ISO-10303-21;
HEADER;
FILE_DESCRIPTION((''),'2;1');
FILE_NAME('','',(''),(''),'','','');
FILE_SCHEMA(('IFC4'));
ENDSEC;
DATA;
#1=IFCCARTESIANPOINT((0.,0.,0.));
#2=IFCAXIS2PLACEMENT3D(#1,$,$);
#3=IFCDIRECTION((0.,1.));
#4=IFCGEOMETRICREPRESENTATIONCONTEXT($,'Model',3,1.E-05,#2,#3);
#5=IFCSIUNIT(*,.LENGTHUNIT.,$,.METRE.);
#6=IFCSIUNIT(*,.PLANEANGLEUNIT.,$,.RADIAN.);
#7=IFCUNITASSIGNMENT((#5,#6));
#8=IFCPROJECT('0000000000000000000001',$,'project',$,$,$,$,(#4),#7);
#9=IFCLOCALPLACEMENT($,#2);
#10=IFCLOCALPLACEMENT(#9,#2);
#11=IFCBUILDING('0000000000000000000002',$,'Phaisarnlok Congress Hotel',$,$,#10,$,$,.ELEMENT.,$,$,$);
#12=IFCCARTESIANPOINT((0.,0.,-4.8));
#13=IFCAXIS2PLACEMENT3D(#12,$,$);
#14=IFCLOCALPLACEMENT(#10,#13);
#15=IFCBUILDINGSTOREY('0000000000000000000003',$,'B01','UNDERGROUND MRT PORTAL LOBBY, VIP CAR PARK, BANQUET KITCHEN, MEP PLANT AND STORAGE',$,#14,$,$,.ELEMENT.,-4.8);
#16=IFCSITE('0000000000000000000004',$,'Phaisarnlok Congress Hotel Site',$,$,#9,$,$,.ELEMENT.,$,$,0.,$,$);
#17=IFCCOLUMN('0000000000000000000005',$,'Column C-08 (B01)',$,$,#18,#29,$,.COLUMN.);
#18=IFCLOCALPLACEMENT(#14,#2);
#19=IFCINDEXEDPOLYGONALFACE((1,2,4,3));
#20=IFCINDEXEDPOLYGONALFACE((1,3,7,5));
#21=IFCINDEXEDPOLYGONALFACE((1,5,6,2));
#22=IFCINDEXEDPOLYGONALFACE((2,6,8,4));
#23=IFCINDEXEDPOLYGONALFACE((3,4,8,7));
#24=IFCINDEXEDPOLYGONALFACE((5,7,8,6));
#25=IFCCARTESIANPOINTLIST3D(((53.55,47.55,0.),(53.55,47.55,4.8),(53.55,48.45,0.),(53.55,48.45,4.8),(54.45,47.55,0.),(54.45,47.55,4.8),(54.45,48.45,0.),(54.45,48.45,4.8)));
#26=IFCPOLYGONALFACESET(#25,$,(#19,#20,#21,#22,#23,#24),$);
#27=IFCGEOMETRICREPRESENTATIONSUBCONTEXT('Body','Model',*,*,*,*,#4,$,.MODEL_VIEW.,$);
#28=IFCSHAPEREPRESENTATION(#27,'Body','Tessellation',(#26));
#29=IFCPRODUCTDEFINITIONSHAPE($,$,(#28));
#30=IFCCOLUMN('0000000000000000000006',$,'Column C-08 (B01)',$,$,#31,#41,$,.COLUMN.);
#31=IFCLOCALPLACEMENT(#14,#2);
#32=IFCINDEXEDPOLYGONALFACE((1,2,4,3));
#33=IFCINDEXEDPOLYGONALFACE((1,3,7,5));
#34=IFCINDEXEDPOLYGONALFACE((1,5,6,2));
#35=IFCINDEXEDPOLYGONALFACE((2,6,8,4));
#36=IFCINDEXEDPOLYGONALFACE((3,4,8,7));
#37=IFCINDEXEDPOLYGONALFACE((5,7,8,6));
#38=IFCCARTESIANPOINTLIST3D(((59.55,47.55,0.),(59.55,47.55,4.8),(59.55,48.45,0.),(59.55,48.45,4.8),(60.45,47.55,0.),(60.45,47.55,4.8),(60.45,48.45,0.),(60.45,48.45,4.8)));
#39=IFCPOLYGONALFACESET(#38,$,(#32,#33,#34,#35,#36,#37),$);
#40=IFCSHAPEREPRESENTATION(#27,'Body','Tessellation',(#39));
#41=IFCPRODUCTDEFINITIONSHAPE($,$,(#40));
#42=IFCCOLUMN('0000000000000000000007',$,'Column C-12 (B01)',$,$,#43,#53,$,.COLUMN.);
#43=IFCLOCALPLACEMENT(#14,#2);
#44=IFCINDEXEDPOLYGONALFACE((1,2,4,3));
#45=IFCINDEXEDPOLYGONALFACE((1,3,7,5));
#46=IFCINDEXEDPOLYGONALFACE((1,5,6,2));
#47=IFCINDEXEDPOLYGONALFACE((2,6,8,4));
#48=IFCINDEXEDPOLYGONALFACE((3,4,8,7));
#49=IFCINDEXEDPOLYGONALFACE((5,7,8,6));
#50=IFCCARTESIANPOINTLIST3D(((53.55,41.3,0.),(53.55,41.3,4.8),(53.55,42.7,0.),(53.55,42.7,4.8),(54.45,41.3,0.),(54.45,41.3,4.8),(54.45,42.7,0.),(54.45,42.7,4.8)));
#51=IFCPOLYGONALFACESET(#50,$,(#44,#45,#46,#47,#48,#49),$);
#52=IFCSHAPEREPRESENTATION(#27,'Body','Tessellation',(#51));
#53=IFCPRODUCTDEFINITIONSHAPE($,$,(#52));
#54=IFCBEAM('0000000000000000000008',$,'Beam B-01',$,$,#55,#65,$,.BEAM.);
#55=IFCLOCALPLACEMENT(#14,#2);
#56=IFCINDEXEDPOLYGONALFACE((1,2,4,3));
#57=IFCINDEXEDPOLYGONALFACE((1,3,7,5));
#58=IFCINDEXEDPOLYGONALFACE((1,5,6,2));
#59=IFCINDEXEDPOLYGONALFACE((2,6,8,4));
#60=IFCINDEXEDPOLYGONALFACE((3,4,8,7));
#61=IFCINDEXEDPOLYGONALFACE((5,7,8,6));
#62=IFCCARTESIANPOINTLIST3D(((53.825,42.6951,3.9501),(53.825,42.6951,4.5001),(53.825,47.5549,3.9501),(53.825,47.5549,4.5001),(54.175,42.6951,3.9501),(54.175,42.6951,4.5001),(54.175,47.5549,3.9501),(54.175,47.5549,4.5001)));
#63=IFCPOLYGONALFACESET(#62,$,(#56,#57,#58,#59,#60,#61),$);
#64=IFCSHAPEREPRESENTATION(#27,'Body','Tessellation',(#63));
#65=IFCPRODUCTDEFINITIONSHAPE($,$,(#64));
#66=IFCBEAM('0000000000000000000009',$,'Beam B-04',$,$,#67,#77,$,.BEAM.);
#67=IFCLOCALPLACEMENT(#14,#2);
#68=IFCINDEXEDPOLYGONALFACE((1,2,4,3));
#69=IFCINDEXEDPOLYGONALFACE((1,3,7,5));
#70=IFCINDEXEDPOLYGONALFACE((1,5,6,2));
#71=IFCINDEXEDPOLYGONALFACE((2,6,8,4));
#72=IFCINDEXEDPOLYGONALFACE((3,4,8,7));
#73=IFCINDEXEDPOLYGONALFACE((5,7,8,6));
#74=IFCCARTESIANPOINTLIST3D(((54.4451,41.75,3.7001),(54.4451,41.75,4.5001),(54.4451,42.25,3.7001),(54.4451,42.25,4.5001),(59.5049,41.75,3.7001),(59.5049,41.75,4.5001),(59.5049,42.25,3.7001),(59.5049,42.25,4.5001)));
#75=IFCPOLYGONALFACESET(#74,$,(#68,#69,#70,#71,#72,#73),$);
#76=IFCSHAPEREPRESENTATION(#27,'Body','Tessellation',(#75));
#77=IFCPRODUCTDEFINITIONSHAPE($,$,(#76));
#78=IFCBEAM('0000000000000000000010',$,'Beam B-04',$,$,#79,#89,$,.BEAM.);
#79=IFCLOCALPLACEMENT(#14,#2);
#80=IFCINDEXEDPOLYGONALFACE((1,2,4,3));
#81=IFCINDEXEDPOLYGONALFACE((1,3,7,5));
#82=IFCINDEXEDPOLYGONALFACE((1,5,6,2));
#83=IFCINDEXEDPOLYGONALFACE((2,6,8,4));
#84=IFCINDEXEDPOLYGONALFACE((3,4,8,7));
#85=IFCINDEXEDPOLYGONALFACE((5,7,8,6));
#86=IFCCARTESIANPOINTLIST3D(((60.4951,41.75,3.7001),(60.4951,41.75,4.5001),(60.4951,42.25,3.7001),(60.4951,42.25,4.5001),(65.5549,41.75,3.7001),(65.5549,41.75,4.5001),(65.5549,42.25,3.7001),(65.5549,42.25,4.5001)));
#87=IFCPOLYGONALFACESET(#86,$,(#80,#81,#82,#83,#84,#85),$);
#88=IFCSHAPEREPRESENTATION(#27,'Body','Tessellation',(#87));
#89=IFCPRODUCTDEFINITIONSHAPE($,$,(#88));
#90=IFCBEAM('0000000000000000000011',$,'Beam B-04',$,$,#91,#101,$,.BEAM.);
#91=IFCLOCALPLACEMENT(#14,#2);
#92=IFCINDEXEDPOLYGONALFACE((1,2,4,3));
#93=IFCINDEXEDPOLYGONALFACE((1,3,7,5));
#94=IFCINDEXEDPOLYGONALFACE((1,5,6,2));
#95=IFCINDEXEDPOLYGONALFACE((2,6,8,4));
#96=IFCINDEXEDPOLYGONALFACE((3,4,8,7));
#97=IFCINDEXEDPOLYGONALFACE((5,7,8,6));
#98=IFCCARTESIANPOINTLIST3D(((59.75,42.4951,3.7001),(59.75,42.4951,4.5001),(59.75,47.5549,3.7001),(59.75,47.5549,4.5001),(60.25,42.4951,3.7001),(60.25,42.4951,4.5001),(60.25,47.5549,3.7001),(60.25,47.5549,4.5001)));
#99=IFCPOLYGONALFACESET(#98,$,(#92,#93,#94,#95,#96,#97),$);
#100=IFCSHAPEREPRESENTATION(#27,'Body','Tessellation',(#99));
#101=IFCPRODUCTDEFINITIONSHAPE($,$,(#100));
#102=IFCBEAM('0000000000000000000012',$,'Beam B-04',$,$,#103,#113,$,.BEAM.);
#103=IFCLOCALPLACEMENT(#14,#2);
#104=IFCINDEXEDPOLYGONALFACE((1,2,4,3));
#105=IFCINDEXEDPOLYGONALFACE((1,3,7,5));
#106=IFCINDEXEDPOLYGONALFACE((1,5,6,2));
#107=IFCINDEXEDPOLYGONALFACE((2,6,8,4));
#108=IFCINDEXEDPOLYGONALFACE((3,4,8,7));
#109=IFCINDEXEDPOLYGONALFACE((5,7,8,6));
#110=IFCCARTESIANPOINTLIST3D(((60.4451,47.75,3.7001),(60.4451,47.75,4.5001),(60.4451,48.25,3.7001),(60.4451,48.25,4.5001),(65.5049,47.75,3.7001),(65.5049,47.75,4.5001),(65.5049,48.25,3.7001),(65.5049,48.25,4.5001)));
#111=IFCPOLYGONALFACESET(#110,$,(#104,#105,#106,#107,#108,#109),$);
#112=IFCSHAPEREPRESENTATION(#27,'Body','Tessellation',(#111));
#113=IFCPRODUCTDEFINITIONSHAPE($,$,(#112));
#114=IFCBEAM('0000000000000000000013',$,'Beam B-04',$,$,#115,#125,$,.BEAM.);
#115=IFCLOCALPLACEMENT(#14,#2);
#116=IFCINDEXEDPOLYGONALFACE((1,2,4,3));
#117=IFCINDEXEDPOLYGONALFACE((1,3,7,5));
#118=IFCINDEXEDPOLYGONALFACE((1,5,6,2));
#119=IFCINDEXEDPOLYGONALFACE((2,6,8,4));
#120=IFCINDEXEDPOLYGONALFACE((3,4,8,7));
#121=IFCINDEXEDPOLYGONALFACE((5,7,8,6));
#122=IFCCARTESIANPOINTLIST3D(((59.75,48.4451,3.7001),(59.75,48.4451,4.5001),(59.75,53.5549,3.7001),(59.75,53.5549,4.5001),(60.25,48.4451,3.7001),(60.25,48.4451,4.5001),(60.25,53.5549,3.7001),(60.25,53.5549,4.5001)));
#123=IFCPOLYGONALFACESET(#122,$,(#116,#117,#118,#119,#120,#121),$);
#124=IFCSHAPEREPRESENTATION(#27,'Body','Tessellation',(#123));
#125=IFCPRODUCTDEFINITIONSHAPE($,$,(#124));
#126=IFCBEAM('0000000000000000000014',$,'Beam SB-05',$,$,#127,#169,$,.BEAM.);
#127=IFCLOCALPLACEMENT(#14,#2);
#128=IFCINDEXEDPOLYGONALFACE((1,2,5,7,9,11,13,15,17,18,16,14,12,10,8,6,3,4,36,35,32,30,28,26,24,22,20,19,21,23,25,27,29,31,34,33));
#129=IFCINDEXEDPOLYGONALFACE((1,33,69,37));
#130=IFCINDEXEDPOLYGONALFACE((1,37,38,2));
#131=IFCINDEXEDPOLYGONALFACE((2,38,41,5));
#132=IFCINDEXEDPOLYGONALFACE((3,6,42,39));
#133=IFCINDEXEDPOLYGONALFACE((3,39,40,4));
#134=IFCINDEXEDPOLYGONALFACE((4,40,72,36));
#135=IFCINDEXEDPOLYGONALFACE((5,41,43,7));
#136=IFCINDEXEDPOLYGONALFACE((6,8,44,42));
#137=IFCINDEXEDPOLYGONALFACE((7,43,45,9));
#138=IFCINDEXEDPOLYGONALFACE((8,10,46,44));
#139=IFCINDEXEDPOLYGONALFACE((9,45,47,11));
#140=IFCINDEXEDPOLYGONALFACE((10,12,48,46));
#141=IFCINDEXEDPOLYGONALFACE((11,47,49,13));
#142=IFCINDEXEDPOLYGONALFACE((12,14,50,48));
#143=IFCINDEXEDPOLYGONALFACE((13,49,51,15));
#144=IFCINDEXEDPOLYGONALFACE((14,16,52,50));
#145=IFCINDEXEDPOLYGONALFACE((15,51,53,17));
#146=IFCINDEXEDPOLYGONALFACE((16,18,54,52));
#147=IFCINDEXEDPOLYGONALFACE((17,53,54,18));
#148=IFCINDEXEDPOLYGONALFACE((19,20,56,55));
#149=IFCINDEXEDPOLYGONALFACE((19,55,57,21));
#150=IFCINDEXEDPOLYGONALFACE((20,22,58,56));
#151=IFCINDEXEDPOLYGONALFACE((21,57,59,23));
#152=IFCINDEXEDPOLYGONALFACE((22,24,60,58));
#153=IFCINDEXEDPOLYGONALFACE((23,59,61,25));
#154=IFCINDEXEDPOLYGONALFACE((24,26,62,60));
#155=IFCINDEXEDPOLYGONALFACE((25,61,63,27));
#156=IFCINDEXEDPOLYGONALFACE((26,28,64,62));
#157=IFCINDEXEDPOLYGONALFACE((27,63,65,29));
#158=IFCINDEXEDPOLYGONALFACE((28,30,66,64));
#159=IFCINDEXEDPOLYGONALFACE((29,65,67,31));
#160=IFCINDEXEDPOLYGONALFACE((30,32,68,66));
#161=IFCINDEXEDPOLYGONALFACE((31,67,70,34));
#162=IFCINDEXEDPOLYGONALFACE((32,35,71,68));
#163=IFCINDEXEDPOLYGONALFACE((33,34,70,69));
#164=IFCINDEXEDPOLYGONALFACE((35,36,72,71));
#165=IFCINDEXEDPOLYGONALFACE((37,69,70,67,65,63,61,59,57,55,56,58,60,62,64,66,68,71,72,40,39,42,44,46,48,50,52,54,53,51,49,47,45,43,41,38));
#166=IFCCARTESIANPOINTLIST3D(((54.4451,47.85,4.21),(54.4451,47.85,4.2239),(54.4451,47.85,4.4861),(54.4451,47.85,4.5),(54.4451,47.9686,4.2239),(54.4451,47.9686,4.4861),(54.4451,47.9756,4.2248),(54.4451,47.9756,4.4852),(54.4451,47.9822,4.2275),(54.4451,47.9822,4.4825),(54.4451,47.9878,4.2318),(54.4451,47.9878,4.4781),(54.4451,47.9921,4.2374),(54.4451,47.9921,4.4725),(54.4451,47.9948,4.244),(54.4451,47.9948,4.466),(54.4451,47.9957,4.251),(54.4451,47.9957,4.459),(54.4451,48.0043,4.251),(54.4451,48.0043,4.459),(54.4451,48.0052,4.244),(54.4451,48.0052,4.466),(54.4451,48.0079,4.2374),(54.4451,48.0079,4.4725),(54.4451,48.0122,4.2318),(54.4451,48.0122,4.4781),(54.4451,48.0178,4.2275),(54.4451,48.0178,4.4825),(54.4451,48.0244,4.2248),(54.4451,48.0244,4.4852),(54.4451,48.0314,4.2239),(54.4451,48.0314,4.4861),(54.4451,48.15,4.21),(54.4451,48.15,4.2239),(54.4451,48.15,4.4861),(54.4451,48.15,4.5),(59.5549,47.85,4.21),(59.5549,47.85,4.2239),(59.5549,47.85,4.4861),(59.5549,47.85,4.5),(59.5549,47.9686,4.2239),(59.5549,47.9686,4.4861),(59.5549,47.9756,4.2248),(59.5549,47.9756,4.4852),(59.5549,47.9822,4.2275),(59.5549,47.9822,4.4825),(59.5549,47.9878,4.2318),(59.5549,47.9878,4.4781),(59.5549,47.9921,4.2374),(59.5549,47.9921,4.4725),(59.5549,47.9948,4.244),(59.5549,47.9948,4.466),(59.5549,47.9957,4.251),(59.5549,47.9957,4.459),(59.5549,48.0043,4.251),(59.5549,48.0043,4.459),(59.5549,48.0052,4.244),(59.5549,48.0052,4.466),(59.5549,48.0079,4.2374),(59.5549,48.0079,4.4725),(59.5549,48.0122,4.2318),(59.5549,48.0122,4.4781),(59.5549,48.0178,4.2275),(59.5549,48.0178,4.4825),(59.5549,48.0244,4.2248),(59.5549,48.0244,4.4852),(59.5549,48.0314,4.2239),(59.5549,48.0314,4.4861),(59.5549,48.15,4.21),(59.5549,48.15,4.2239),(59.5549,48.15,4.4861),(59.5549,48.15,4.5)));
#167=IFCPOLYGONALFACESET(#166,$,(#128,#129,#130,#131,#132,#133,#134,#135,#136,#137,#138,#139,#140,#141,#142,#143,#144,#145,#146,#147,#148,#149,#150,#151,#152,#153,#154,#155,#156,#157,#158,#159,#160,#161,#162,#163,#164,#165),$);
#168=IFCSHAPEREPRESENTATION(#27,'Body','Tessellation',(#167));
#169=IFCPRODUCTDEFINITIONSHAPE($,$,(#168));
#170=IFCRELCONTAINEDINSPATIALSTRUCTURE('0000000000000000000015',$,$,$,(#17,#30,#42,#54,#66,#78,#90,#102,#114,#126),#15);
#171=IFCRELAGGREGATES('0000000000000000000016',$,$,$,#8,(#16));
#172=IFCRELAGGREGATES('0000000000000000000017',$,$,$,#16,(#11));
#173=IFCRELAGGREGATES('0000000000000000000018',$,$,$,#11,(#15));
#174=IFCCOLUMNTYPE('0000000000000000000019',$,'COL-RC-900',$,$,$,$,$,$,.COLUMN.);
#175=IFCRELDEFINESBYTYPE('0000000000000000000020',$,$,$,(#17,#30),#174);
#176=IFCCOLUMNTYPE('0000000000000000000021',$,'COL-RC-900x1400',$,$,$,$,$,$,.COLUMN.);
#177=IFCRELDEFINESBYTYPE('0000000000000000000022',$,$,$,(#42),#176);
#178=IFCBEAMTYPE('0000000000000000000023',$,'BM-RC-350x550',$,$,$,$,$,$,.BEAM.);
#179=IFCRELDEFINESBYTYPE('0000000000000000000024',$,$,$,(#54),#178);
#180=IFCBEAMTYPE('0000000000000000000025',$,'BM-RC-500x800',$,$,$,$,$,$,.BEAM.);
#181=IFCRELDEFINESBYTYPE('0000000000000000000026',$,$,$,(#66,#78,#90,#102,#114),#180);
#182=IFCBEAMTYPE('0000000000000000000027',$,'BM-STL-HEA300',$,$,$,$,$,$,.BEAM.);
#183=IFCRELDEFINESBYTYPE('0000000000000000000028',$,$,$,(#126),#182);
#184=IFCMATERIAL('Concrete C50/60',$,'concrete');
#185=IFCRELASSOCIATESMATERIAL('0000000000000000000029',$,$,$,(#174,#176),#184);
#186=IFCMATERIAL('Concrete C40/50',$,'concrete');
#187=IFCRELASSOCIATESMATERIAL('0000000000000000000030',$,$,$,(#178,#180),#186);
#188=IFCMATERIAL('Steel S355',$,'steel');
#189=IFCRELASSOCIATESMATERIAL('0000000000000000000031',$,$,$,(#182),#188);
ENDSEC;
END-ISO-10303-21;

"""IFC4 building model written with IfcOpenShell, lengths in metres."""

from ifc_helpers import new_model, si_unit, direction, frame, origin, origin_2d, place, context, subcontext, project, spatial, rectangle, i_section, extrude, material, material_profile, profile_set, type_object, element, save


model = new_model("IFC4")

# Units and contexts
model_context = context("Model", 3, precision=1e-05, world=origin(), true_north=direction((0.0, 1.0)))
body_context = subcontext(model_context, "Body", "Model", "MODEL_VIEW")
ifc_project = project(units=[si_unit("LENGTHUNIT", "METRE"), si_unit("PLANEANGLEUNIT", "RADIAN")], contexts=[model_context])

# Site, building, storey
site_placement = place(None, origin())
site = spatial("IfcSite", under=ifc_project, at=site_placement, Name="Phaisarnlok Congress Hotel Site", CompositionType="ELEMENT", RefElevation=0.0)
building_placement = place(site_placement, origin())
building = spatial("IfcBuilding", under=site, at=building_placement, Name="Phaisarnlok Congress Hotel", CompositionType="ELEMENT")
storey_placement = place(building_placement, frame((0.0, 0.0, -4.8)))
storey = spatial("IfcBuildingStorey", under=building, at=storey_placement, Name="B01", Description="UNDERGROUND MRT PORTAL LOBBY, VIP CAR PARK, BANQUET KITCHEN, MEP PLANT AND STORAGE", CompositionType="ELEMENT", Elevation=-4.8)

# Shared definitions
ifc_material_1 = material(Name="Concrete C40/50", Category="concrete")

# Columns
ifc_material_2 = material(Name="Concrete C50/60", Category="concrete")
ifc_material_profile_1 = material_profile(ifc_material_2, rectangle(XDim=0.8999, YDim=0.8999, at=origin_2d()), Name="RC 900x900")
ifc_profile_set_1 = profile_set([ifc_material_profile_1], Name="Concrete C50/60")
column_type_1 = type_object("IfcColumnType", Name="COL-RC-900", PredefinedType="COLUMN", material=ifc_profile_set_1)
for number, where, z_axis, x_axis, name in (
    (1, (54.0, 48.0, 0.0), (0.0, 0.0, 1.0), (1.0, 0.0, 0.0), "Column C-08 (B01)"),
    (2, (60.0, 48.0, 0.0), (0.0, 0.0, 1.0), (1.0, 0.0, 0.0), "Column C-08 (B01)"),
):
    element("IfcColumn", number, at=place(storey_placement, frame(where, z_axis=z_axis, x_axis=x_axis)), inside=storey, type_object=column_type_1, Name=name, PredefinedType="COLUMN", context=body_context, shape_type="SweptSolid", body=[
        extrude(rectangle(XDim=0.8999, YDim=0.8999, at=origin_2d()), origin(), (0.0, 0.0, 1.0), 4.8),
    ])
ifc_material_profile_2 = material_profile(ifc_material_2, rectangle(XDim=0.8999, YDim=1.3999, at=origin_2d()), Name="RC 900x1400")
ifc_profile_set_2 = profile_set([ifc_material_profile_2], Name="Concrete C50/60")
column_type_2 = type_object("IfcColumnType", Name="COL-RC-900x1400", PredefinedType="COLUMN", material=ifc_profile_set_2)
column_1_placement = place(storey_placement, frame((54.0, 42.0, 0.0), z_axis=(0.0, 0.0, 1.0), x_axis=(1.0, 0.0, 0.0)))
element("IfcColumn", 3, at=column_1_placement, inside=storey, type_object=column_type_2, Name="Column C-12 (B01)", PredefinedType="COLUMN", context=body_context, shape_type="SweptSolid", body=[
    extrude(rectangle(XDim=0.8999, YDim=1.3999, at=origin_2d()), origin(), (0.0, 0.0, 1.0), 4.8),
])

# Beams
ifc_material_profile_3 = material_profile(ifc_material_1, rectangle(XDim=0.3501, YDim=0.55, at=origin_2d()), Name="RC 350x550")
ifc_profile_set_3 = profile_set([ifc_material_profile_3], Name="Concrete C40/50")
beam_type_1 = type_object("IfcBeamType", Name="BM-RC-350x550", PredefinedType="BEAM", material=ifc_profile_set_3)
beam_1_placement = place(storey_placement, frame((54.0, 42.6951, 4.2251), z_axis=(0.0, 1.0, 0.0), x_axis=(-1.0, 0.0, 0.0)))
element("IfcBeam", 4, at=beam_1_placement, inside=storey, type_object=beam_type_1, Name="Beam B-01", PredefinedType="BEAM", context=body_context, shape_type="SweptSolid", body=[
    extrude(rectangle(XDim=0.3501, YDim=0.55, at=origin_2d()), origin(), (0.0, 0.0, 1.0), 4.8599),
])
ifc_material_profile_4 = material_profile(ifc_material_1, rectangle(XDim=0.5, YDim=0.8, at=origin_2d()), Name="RC 500x800")
ifc_profile_set_4 = profile_set([ifc_material_profile_4], Name="Concrete C40/50")
beam_type_2 = type_object("IfcBeamType", Name="BM-RC-500x800", PredefinedType="BEAM", material=ifc_profile_set_4)
for number, where, z_axis, x_axis, name in (
    (5, (54.4451, 42.0, 4.1001), (1.0, 0.0, 0.0), (0.0, 1.0, 0.0), "Beam B-04"),
    (6, (60.4951, 42.0, 4.1001), (1.0, 0.0, 0.0), (0.0, 1.0, 0.0), "Beam B-04"),
    (7, (60.0, 42.4951, 4.1001), (0.0, 1.0, 0.0), (-1.0, 0.0, 0.0), "Beam B-04"),
    (8, (60.4451, 48.0, 4.1001), (1.0, 0.0, 0.0), (0.0, 1.0, 0.0), "Beam B-04"),
):
    element("IfcBeam", number, at=place(storey_placement, frame(where, z_axis=z_axis, x_axis=x_axis)), inside=storey, type_object=beam_type_2, Name=name, PredefinedType="BEAM", context=body_context, shape_type="SweptSolid", body=[
        extrude(rectangle(XDim=0.5, YDim=0.8, at=origin_2d()), origin(), (0.0, 0.0, 1.0), 5.0598),
    ])
beam_2_placement = place(storey_placement, frame((60.0, 48.4451, 4.1001), z_axis=(0.0, 1.0, 0.0), x_axis=(-1.0, 0.0, 0.0)))
element("IfcBeam", 9, at=beam_2_placement, inside=storey, type_object=beam_type_2, Name="Beam B-04", PredefinedType="BEAM", context=body_context, shape_type="SweptSolid", body=[
    extrude(rectangle(XDim=0.5, YDim=0.8, at=origin_2d()), origin(), (0.0, 0.0, 1.0), 5.1099),
])
ifc_material_3 = material(Name="Steel S355", Category="steel")
ifc_material_profile_5 = material_profile(ifc_material_3, i_section(OverallWidth=0.3, OverallDepth=0.29, WebThickness=0.0085, FlangeThickness=0.0139, FilletRadius=0.0271, at=origin_2d()), Name="HEA 300")
ifc_profile_set_5 = profile_set([ifc_material_profile_5], Name="Steel S355")
beam_type_3 = type_object("IfcBeamType", Name="BM-STL-HEA300", PredefinedType="BEAM", material=ifc_profile_set_5)
beam_3_placement = place(storey_placement, frame((54.4451, 48.0, 4.355), z_axis=(1.0, 0.0, 0.0), x_axis=(0.0, 1.0, 0.0)))
element("IfcBeam", 10, at=beam_3_placement, inside=storey, type_object=beam_type_3, Name="Beam SB-05", PredefinedType="BEAM", context=body_context, shape_type="SweptSolid", body=[
    extrude(i_section(OverallWidth=0.3, OverallDepth=0.29, WebThickness=0.0085, FlangeThickness=0.0139, FilletRadius=0.0271, at=origin_2d()), origin(), (0.0, 0.0, 1.0), 5.1099),
])

save(model, "model.ifc")
